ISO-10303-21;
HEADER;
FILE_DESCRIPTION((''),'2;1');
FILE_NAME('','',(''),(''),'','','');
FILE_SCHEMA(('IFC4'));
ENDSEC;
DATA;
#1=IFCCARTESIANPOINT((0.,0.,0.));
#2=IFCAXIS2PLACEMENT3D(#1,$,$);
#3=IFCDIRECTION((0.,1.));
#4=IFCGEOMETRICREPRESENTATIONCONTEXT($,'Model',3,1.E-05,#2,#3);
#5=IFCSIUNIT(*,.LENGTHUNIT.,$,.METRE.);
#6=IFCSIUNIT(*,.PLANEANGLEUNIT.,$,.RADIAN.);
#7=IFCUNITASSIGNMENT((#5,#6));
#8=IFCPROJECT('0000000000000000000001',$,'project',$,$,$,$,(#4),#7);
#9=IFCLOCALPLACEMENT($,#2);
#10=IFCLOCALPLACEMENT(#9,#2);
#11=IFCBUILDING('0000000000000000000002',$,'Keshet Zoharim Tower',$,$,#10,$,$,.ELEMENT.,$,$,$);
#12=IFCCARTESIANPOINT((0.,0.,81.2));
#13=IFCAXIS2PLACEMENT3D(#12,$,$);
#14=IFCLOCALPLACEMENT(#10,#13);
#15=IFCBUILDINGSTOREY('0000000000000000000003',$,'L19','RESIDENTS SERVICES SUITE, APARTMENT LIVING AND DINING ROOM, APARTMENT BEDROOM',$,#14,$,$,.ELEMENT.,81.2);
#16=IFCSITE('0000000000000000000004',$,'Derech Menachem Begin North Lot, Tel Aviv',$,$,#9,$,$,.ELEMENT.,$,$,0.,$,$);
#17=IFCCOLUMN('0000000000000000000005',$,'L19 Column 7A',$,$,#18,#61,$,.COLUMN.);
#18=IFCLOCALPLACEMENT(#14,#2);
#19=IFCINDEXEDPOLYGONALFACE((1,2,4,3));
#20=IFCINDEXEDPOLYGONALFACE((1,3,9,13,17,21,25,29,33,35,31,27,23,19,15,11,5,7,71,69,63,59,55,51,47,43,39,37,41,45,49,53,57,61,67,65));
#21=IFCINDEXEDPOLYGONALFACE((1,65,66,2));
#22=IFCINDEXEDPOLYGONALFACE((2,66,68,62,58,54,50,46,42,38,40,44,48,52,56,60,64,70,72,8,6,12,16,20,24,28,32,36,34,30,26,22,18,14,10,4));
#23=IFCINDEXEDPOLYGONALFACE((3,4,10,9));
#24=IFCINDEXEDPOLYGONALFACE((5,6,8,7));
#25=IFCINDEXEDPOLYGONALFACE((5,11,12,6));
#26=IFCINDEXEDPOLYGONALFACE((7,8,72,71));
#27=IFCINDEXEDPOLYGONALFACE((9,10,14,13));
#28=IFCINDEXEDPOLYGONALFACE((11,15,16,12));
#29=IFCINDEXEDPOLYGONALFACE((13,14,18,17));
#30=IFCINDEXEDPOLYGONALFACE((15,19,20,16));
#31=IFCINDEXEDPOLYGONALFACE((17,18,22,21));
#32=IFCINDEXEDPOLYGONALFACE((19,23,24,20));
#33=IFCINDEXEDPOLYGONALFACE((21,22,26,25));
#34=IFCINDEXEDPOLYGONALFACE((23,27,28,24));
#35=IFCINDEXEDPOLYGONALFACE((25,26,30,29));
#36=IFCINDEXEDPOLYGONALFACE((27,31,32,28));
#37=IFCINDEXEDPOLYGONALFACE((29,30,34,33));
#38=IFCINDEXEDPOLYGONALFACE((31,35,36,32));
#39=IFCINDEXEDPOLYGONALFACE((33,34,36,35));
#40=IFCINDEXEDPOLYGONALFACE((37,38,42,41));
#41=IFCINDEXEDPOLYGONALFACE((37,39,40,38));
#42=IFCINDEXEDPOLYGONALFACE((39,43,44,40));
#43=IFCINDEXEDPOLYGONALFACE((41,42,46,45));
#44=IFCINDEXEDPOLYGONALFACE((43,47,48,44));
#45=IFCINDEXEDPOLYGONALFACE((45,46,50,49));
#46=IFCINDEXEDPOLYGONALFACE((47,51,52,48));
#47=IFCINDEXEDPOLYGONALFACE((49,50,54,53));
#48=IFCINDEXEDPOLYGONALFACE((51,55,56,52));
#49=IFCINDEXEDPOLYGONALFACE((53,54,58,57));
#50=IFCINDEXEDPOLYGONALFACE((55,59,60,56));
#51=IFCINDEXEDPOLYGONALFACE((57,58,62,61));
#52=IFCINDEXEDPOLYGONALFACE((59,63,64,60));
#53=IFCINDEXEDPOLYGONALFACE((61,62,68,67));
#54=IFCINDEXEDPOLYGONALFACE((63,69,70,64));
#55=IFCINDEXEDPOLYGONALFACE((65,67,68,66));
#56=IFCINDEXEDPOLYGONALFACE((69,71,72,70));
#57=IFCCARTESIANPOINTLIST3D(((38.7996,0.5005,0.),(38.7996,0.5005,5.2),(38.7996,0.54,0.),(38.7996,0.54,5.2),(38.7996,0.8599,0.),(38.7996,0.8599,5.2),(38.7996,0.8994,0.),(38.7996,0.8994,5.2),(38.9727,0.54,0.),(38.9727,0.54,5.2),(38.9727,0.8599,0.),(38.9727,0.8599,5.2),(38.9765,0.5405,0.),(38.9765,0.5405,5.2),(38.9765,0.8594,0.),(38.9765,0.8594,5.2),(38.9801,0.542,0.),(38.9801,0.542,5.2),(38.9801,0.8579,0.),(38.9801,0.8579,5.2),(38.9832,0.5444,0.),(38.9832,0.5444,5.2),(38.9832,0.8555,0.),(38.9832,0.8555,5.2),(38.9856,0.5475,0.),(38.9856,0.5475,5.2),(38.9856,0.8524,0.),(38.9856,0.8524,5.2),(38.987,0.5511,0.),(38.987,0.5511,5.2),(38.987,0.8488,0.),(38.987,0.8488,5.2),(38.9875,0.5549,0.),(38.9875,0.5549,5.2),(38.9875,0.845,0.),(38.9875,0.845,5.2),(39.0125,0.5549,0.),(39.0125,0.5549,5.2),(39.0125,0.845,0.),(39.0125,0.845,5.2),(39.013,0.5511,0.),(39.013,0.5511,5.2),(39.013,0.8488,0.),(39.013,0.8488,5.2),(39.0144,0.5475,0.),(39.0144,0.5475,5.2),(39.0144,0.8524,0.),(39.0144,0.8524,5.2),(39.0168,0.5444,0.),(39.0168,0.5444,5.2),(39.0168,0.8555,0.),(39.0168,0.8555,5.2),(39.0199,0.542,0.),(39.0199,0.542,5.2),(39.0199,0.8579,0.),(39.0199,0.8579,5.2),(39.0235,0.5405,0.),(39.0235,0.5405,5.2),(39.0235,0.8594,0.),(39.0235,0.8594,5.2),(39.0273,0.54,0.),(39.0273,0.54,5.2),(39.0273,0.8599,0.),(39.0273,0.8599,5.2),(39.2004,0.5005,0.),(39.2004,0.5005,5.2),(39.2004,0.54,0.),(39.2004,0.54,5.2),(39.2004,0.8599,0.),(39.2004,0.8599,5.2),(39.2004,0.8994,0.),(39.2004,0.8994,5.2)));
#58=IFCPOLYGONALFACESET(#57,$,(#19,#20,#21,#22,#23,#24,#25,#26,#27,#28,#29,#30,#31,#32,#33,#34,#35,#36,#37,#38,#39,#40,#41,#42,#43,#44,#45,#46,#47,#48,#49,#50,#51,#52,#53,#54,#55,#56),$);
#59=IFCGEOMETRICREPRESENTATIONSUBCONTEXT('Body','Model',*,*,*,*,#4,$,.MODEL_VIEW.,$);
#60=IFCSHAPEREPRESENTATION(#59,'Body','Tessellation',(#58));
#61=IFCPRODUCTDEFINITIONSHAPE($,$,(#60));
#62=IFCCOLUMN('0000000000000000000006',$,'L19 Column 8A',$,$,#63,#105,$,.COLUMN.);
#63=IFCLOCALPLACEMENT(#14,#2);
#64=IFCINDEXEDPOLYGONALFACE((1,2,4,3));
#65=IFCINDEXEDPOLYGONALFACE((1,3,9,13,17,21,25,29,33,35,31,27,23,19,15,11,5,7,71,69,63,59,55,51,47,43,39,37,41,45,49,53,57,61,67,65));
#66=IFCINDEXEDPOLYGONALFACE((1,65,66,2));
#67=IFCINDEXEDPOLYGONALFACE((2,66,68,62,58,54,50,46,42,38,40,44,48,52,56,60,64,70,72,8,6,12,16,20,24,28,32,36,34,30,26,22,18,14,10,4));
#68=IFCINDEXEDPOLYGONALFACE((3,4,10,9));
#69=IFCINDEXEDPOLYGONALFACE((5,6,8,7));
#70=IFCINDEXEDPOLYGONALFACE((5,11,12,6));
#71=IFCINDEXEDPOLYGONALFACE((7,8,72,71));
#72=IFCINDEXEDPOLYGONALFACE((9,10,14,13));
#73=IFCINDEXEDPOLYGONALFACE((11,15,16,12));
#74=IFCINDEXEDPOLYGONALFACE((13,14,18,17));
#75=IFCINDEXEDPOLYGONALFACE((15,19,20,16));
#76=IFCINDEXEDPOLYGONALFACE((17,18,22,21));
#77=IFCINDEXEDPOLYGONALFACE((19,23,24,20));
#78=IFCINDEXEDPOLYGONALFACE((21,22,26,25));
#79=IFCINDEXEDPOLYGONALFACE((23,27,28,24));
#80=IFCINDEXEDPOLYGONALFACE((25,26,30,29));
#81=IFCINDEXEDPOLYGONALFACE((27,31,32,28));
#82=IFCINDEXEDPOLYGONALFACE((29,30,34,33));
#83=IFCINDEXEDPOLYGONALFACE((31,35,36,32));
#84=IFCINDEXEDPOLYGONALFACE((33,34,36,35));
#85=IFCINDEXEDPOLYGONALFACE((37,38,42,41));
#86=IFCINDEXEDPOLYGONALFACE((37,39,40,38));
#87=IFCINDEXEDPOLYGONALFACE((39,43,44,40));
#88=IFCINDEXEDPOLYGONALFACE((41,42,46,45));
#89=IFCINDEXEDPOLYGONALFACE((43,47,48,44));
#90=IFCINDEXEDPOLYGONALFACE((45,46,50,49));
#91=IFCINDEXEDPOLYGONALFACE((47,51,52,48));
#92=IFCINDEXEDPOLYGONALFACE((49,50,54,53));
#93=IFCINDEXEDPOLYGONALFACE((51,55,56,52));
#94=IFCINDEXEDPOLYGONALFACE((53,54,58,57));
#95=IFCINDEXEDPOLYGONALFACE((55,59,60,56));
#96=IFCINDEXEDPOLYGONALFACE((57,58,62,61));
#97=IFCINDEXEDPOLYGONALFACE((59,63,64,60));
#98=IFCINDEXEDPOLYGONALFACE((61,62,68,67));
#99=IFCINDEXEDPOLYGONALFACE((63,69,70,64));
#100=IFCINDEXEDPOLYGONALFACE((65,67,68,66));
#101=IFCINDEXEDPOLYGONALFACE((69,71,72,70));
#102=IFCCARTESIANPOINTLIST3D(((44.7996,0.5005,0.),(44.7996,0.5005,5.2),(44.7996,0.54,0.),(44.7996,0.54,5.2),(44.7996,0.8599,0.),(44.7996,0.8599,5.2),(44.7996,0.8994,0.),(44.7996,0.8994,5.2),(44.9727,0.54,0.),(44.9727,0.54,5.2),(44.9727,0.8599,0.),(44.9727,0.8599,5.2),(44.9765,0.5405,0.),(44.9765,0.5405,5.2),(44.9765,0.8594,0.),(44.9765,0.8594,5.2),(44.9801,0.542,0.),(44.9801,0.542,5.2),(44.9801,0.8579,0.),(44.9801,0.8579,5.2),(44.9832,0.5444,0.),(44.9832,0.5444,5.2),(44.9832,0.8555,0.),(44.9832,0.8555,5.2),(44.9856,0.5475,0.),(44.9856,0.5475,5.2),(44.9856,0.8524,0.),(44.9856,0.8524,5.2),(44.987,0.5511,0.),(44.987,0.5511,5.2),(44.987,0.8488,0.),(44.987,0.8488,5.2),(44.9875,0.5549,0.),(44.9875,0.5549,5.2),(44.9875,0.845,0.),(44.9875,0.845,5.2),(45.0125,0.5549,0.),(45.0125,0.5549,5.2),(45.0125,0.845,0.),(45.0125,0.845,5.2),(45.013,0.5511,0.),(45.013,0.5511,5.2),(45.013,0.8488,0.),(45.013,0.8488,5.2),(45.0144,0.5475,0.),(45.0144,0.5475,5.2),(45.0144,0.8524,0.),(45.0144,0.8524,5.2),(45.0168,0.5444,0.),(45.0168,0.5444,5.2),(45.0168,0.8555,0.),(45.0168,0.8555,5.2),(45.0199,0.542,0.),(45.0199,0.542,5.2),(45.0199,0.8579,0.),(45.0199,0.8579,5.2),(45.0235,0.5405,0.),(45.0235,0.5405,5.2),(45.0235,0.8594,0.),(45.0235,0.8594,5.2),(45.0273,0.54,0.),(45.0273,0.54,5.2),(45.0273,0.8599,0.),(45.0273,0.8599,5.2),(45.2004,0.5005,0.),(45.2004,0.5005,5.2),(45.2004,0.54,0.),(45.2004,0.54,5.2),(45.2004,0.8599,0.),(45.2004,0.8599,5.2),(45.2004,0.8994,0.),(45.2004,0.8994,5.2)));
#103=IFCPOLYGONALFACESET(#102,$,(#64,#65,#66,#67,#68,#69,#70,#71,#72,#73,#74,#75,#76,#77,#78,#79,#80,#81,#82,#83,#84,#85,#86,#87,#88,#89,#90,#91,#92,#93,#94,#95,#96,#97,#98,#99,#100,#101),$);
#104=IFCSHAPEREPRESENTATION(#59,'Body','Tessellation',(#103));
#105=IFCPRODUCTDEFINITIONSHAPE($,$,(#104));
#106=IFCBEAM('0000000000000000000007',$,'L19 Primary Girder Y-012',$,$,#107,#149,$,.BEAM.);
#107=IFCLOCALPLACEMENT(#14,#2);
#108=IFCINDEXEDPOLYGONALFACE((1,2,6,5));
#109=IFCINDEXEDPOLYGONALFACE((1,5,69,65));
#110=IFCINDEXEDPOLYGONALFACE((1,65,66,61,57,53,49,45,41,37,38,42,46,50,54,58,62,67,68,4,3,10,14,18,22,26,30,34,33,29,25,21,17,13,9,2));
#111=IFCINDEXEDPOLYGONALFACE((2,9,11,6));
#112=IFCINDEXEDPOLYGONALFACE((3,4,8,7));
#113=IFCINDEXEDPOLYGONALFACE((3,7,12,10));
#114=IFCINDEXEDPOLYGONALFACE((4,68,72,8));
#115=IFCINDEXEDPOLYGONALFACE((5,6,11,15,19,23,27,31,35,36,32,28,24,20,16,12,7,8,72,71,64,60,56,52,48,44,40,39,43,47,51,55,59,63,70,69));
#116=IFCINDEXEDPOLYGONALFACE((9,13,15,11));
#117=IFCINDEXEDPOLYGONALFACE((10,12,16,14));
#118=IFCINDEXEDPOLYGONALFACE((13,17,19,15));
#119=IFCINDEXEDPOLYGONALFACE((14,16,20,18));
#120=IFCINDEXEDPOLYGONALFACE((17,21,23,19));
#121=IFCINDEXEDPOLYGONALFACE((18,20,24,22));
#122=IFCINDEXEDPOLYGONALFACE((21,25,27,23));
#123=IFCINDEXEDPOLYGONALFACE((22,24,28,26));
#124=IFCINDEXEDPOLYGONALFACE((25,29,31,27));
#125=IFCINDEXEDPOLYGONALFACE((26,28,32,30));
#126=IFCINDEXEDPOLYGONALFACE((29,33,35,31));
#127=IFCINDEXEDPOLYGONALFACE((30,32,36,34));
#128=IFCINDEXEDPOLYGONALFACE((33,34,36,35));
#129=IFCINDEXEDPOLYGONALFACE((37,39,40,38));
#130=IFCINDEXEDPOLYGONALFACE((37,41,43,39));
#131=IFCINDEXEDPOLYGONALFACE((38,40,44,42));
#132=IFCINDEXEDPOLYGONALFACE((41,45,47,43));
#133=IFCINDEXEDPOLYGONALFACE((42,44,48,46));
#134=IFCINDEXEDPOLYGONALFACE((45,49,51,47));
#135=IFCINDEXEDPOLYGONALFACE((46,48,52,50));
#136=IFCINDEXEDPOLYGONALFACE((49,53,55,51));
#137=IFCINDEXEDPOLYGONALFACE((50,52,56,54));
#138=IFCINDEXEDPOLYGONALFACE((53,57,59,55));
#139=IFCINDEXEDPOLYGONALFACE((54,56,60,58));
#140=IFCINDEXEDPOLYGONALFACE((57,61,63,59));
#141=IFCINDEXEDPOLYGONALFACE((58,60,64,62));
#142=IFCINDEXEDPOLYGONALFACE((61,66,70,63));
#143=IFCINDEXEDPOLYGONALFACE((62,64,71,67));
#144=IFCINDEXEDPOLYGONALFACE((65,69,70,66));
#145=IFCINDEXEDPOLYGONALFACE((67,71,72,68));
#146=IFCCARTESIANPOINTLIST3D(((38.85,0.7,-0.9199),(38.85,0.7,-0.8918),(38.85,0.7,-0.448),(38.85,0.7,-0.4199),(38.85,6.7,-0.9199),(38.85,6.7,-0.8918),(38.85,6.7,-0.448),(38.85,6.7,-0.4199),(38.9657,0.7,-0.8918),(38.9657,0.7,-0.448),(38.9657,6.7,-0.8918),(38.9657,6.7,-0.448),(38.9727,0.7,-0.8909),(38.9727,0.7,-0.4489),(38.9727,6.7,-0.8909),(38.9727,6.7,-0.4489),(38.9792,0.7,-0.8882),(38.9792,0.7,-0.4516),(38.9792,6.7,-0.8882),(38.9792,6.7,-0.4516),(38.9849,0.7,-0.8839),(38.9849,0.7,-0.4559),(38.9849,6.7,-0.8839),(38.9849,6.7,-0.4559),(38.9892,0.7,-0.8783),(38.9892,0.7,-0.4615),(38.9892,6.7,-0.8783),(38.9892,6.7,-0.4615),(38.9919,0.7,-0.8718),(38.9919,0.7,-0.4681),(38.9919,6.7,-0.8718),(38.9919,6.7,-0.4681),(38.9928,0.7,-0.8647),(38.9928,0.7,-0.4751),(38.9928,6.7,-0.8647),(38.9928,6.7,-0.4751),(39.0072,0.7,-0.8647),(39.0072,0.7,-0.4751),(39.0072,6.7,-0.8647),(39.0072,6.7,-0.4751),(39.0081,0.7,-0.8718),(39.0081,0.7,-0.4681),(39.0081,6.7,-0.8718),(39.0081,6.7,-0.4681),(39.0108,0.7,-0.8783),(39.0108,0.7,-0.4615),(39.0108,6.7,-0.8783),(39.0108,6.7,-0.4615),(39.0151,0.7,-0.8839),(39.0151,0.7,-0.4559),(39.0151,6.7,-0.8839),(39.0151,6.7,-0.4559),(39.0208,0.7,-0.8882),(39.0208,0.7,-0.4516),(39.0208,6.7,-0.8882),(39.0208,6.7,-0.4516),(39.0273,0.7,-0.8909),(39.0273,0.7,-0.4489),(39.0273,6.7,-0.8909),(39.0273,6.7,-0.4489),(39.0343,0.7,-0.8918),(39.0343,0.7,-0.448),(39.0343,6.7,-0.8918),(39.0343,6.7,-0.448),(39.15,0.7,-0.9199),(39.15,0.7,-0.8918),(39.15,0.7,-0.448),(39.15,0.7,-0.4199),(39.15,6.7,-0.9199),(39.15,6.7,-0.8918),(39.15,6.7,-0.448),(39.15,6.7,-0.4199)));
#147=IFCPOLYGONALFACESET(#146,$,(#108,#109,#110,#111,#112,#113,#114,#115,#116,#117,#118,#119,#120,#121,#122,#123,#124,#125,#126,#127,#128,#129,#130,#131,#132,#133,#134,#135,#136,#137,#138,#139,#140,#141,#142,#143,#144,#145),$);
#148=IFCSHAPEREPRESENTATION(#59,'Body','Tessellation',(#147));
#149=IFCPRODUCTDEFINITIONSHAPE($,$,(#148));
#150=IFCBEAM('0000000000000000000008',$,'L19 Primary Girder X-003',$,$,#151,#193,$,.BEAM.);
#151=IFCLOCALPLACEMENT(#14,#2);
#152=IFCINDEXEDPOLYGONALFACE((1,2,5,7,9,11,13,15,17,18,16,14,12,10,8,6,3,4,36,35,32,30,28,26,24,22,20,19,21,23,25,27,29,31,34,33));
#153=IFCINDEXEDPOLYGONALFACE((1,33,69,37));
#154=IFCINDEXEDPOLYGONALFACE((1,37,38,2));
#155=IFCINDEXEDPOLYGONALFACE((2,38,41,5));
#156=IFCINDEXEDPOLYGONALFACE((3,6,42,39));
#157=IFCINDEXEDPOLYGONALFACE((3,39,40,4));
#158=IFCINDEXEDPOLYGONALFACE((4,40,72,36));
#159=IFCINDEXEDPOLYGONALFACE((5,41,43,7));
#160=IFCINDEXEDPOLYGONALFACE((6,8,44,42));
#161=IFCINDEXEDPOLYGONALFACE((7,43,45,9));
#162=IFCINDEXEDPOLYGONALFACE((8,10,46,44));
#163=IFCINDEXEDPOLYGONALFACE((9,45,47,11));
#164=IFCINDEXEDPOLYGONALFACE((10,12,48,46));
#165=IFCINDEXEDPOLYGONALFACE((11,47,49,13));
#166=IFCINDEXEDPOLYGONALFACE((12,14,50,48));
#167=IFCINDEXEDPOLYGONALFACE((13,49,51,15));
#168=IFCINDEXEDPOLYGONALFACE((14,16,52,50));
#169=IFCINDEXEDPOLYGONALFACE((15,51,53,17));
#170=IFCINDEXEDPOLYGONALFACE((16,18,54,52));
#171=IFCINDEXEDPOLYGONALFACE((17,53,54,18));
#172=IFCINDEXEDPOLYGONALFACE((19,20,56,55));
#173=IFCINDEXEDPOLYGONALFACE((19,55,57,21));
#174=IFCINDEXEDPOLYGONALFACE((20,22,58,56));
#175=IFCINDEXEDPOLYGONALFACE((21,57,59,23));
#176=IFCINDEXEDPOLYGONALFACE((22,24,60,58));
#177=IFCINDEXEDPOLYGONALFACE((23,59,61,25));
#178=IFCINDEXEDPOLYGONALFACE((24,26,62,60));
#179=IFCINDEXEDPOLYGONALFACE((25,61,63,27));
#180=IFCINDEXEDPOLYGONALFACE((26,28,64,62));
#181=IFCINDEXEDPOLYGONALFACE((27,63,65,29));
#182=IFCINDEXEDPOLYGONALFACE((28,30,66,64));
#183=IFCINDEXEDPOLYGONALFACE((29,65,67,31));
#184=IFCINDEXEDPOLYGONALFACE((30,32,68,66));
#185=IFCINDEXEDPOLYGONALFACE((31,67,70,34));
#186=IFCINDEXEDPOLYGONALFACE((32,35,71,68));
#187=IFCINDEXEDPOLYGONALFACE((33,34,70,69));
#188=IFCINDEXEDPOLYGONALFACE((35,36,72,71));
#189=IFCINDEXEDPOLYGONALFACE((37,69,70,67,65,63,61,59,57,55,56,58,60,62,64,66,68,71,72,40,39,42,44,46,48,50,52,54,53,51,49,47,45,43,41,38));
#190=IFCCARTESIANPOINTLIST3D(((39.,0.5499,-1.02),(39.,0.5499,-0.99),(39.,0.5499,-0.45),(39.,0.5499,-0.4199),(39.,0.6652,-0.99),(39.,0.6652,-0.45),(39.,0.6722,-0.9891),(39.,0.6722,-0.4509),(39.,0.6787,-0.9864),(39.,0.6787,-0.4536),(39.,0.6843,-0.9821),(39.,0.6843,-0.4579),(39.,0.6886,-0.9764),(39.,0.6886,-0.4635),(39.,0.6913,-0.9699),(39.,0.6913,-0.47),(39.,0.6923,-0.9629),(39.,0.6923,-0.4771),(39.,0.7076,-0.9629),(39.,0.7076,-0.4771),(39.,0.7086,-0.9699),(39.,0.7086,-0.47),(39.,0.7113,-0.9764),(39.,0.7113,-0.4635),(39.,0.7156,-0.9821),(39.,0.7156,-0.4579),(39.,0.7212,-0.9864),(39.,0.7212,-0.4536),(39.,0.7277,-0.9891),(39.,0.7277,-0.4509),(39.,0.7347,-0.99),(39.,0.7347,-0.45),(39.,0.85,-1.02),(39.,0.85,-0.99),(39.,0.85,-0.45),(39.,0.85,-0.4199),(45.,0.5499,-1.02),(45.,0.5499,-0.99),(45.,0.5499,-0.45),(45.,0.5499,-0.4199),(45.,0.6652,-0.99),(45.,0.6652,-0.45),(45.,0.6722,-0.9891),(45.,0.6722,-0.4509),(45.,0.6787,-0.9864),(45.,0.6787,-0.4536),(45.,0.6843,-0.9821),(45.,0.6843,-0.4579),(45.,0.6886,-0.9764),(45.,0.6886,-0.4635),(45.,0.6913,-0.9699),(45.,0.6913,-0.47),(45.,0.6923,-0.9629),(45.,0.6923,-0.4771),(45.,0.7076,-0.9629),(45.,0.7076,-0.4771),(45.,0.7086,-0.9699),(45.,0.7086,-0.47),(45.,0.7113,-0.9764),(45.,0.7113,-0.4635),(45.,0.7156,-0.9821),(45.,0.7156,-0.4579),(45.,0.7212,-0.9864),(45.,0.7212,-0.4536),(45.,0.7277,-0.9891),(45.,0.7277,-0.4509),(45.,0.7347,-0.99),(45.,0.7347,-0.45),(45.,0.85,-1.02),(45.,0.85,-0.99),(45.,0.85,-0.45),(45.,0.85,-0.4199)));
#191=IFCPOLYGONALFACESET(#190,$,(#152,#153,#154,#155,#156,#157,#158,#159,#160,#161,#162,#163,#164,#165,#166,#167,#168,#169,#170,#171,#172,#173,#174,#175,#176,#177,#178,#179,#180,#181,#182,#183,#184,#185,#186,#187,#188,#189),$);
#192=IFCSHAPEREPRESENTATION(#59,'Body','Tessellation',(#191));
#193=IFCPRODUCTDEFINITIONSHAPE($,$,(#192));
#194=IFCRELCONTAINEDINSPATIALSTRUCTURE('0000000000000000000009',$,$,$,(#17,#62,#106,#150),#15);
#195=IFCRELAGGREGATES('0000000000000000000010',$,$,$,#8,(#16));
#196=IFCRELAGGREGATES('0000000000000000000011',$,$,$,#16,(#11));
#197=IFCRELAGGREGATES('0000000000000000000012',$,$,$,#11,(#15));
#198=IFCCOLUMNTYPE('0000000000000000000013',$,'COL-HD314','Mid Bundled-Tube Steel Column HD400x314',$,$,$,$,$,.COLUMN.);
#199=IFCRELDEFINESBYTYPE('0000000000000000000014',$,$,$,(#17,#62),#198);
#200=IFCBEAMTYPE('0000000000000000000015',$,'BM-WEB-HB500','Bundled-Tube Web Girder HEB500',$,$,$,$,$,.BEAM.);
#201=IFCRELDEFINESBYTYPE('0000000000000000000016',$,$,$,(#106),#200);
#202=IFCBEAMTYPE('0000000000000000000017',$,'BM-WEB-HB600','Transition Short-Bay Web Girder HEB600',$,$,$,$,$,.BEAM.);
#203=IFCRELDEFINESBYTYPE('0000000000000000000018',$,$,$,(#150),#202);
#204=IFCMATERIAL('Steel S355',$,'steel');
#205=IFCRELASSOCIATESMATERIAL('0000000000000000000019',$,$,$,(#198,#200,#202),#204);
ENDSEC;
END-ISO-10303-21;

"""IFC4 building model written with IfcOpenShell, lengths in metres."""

from ifc_helpers import new_model, si_unit, direction, frame, origin, origin_2d, place, context, subcontext, project, spatial, i_section, extrude, material, material_profile, profile_set, type_object, element, save


model = new_model("IFC4")

# Units and contexts
model_context = context("Model", 3, precision=1e-05, world=origin(), true_north=direction((0.0, 1.0)))
body_context = subcontext(model_context, "Body", "Model", "MODEL_VIEW")
ifc_project = project(units=[si_unit("LENGTHUNIT", "METRE"), si_unit("PLANEANGLEUNIT", "RADIAN")], contexts=[model_context])

# Site, building, storey
site_placement = place(None, origin())
site = spatial("IfcSite", under=ifc_project, at=site_placement, Name="Derech Menachem Begin North Lot, Tel Aviv", CompositionType="ELEMENT", RefElevation=0.0)
building_placement = place(site_placement, origin())
building = spatial("IfcBuilding", under=site, at=building_placement, Name="Keshet Zoharim Tower", CompositionType="ELEMENT")
storey_placement = place(building_placement, frame((0.0, 0.0, 81.2)))
storey = spatial("IfcBuildingStorey", under=building, at=storey_placement, Name="L19", Description="RESIDENTS SERVICES SUITE, APARTMENT LIVING AND DINING ROOM, APARTMENT BEDROOM", CompositionType="ELEMENT", Elevation=81.2)

# Columns
ifc_material_1 = material(Name="Steel S355", Category="steel")
ifc_material_profile_1 = material_profile(ifc_material_1, i_section(OverallWidth=0.4009, OverallDepth=0.3989, WebThickness=0.0249, FlangeThickness=0.0396, FilletRadius=0.0149, at=origin_2d()), Name="HD400x314")
ifc_profile_set_1 = profile_set([ifc_material_profile_1], Name="Steel S355")
column_type = type_object("IfcColumnType", Name="COL-HD314", Description="Mid Bundled-Tube Steel Column HD400x314", PredefinedType="COLUMN", material=ifc_profile_set_1)
for number, where, z_axis, x_axis, name in (
    (1, (39.0, 0.7, 0.0), (0.0, 0.0, 1.0), (1.0, 0.0, 0.0), "L19 Column 7A"),
    (2, (45.0, 0.7, 0.0), (0.0, 0.0, 1.0), (1.0, 0.0, 0.0), "L19 Column 8A"),
):
    element("IfcColumn", number, at=place(storey_placement, frame(where, z_axis=z_axis, x_axis=x_axis)), inside=storey, type_object=column_type, Name=name, PredefinedType="COLUMN", context=body_context, shape_type="SweptSolid", body=[
        extrude(i_section(OverallWidth=0.4009, OverallDepth=0.3989, WebThickness=0.0249, FlangeThickness=0.0396, FilletRadius=0.0149, at=origin_2d()), origin(), (0.0, 0.0, 1.0), 5.2),
    ])

# Beams
ifc_material_profile_2 = material_profile(ifc_material_1, i_section(OverallWidth=0.3, OverallDepth=0.5, WebThickness=0.0144, FlangeThickness=0.0281, FilletRadius=0.0271, at=origin_2d()), Name="HEB500")
ifc_profile_set_2 = profile_set([ifc_material_profile_2], Name="Steel S355")
beam_type_1 = type_object("IfcBeamType", Name="BM-WEB-HB500", Description="Bundled-Tube Web Girder HEB500", PredefinedType="BEAM", material=ifc_profile_set_2)
beam_placement = place(storey_placement, frame((39.0, 0.7, -0.6699), z_axis=(0.0, 1.0, 0.0), x_axis=(-1.0, 0.0, 0.0)))
element("IfcBeam", 3, at=beam_placement, inside=storey, type_object=beam_type_1, Name="L19 Primary Girder Y-012", PredefinedType="BEAM", context=body_context, shape_type="SweptSolid", body=[
    extrude(i_section(OverallWidth=0.3, OverallDepth=0.5, WebThickness=0.0144, FlangeThickness=0.0281, FilletRadius=0.0271, at=origin_2d()), origin(), (0.0, 0.0, 1.0), 6.0),
])
ifc_material_profile_3 = material_profile(ifc_material_1, i_section(OverallWidth=0.3, OverallDepth=0.6001, WebThickness=0.0154, FlangeThickness=0.03, FilletRadius=0.0271, at=origin_2d()), Name="HEB600")
ifc_profile_set_3 = profile_set([ifc_material_profile_3], Name="Steel S355")
beam_type_2 = type_object("IfcBeamType", Name="BM-WEB-HB600", Description="Transition Short-Bay Web Girder HEB600", PredefinedType="BEAM", material=ifc_profile_set_3)
for number, where, z_axis, x_axis, name in (
    (4, (39.0, 0.7, -0.72), (1.0, 0.0, 0.0), (0.0, 1.0, 0.0), "L19 Primary Girder X-003"),
):
    element("IfcBeam", number, at=place(storey_placement, frame(where, z_axis=z_axis, x_axis=x_axis)), inside=storey, type_object=beam_type_2, Name=name, PredefinedType="BEAM", context=body_context, shape_type="SweptSolid", body=[
        extrude(i_section(OverallWidth=0.3, OverallDepth=0.6001, WebThickness=0.0154, FlangeThickness=0.03, FilletRadius=0.0271, at=origin_2d()), origin(), (0.0, 0.0, 1.0), 6.0),
    ])

save(model, "model.ifc")
